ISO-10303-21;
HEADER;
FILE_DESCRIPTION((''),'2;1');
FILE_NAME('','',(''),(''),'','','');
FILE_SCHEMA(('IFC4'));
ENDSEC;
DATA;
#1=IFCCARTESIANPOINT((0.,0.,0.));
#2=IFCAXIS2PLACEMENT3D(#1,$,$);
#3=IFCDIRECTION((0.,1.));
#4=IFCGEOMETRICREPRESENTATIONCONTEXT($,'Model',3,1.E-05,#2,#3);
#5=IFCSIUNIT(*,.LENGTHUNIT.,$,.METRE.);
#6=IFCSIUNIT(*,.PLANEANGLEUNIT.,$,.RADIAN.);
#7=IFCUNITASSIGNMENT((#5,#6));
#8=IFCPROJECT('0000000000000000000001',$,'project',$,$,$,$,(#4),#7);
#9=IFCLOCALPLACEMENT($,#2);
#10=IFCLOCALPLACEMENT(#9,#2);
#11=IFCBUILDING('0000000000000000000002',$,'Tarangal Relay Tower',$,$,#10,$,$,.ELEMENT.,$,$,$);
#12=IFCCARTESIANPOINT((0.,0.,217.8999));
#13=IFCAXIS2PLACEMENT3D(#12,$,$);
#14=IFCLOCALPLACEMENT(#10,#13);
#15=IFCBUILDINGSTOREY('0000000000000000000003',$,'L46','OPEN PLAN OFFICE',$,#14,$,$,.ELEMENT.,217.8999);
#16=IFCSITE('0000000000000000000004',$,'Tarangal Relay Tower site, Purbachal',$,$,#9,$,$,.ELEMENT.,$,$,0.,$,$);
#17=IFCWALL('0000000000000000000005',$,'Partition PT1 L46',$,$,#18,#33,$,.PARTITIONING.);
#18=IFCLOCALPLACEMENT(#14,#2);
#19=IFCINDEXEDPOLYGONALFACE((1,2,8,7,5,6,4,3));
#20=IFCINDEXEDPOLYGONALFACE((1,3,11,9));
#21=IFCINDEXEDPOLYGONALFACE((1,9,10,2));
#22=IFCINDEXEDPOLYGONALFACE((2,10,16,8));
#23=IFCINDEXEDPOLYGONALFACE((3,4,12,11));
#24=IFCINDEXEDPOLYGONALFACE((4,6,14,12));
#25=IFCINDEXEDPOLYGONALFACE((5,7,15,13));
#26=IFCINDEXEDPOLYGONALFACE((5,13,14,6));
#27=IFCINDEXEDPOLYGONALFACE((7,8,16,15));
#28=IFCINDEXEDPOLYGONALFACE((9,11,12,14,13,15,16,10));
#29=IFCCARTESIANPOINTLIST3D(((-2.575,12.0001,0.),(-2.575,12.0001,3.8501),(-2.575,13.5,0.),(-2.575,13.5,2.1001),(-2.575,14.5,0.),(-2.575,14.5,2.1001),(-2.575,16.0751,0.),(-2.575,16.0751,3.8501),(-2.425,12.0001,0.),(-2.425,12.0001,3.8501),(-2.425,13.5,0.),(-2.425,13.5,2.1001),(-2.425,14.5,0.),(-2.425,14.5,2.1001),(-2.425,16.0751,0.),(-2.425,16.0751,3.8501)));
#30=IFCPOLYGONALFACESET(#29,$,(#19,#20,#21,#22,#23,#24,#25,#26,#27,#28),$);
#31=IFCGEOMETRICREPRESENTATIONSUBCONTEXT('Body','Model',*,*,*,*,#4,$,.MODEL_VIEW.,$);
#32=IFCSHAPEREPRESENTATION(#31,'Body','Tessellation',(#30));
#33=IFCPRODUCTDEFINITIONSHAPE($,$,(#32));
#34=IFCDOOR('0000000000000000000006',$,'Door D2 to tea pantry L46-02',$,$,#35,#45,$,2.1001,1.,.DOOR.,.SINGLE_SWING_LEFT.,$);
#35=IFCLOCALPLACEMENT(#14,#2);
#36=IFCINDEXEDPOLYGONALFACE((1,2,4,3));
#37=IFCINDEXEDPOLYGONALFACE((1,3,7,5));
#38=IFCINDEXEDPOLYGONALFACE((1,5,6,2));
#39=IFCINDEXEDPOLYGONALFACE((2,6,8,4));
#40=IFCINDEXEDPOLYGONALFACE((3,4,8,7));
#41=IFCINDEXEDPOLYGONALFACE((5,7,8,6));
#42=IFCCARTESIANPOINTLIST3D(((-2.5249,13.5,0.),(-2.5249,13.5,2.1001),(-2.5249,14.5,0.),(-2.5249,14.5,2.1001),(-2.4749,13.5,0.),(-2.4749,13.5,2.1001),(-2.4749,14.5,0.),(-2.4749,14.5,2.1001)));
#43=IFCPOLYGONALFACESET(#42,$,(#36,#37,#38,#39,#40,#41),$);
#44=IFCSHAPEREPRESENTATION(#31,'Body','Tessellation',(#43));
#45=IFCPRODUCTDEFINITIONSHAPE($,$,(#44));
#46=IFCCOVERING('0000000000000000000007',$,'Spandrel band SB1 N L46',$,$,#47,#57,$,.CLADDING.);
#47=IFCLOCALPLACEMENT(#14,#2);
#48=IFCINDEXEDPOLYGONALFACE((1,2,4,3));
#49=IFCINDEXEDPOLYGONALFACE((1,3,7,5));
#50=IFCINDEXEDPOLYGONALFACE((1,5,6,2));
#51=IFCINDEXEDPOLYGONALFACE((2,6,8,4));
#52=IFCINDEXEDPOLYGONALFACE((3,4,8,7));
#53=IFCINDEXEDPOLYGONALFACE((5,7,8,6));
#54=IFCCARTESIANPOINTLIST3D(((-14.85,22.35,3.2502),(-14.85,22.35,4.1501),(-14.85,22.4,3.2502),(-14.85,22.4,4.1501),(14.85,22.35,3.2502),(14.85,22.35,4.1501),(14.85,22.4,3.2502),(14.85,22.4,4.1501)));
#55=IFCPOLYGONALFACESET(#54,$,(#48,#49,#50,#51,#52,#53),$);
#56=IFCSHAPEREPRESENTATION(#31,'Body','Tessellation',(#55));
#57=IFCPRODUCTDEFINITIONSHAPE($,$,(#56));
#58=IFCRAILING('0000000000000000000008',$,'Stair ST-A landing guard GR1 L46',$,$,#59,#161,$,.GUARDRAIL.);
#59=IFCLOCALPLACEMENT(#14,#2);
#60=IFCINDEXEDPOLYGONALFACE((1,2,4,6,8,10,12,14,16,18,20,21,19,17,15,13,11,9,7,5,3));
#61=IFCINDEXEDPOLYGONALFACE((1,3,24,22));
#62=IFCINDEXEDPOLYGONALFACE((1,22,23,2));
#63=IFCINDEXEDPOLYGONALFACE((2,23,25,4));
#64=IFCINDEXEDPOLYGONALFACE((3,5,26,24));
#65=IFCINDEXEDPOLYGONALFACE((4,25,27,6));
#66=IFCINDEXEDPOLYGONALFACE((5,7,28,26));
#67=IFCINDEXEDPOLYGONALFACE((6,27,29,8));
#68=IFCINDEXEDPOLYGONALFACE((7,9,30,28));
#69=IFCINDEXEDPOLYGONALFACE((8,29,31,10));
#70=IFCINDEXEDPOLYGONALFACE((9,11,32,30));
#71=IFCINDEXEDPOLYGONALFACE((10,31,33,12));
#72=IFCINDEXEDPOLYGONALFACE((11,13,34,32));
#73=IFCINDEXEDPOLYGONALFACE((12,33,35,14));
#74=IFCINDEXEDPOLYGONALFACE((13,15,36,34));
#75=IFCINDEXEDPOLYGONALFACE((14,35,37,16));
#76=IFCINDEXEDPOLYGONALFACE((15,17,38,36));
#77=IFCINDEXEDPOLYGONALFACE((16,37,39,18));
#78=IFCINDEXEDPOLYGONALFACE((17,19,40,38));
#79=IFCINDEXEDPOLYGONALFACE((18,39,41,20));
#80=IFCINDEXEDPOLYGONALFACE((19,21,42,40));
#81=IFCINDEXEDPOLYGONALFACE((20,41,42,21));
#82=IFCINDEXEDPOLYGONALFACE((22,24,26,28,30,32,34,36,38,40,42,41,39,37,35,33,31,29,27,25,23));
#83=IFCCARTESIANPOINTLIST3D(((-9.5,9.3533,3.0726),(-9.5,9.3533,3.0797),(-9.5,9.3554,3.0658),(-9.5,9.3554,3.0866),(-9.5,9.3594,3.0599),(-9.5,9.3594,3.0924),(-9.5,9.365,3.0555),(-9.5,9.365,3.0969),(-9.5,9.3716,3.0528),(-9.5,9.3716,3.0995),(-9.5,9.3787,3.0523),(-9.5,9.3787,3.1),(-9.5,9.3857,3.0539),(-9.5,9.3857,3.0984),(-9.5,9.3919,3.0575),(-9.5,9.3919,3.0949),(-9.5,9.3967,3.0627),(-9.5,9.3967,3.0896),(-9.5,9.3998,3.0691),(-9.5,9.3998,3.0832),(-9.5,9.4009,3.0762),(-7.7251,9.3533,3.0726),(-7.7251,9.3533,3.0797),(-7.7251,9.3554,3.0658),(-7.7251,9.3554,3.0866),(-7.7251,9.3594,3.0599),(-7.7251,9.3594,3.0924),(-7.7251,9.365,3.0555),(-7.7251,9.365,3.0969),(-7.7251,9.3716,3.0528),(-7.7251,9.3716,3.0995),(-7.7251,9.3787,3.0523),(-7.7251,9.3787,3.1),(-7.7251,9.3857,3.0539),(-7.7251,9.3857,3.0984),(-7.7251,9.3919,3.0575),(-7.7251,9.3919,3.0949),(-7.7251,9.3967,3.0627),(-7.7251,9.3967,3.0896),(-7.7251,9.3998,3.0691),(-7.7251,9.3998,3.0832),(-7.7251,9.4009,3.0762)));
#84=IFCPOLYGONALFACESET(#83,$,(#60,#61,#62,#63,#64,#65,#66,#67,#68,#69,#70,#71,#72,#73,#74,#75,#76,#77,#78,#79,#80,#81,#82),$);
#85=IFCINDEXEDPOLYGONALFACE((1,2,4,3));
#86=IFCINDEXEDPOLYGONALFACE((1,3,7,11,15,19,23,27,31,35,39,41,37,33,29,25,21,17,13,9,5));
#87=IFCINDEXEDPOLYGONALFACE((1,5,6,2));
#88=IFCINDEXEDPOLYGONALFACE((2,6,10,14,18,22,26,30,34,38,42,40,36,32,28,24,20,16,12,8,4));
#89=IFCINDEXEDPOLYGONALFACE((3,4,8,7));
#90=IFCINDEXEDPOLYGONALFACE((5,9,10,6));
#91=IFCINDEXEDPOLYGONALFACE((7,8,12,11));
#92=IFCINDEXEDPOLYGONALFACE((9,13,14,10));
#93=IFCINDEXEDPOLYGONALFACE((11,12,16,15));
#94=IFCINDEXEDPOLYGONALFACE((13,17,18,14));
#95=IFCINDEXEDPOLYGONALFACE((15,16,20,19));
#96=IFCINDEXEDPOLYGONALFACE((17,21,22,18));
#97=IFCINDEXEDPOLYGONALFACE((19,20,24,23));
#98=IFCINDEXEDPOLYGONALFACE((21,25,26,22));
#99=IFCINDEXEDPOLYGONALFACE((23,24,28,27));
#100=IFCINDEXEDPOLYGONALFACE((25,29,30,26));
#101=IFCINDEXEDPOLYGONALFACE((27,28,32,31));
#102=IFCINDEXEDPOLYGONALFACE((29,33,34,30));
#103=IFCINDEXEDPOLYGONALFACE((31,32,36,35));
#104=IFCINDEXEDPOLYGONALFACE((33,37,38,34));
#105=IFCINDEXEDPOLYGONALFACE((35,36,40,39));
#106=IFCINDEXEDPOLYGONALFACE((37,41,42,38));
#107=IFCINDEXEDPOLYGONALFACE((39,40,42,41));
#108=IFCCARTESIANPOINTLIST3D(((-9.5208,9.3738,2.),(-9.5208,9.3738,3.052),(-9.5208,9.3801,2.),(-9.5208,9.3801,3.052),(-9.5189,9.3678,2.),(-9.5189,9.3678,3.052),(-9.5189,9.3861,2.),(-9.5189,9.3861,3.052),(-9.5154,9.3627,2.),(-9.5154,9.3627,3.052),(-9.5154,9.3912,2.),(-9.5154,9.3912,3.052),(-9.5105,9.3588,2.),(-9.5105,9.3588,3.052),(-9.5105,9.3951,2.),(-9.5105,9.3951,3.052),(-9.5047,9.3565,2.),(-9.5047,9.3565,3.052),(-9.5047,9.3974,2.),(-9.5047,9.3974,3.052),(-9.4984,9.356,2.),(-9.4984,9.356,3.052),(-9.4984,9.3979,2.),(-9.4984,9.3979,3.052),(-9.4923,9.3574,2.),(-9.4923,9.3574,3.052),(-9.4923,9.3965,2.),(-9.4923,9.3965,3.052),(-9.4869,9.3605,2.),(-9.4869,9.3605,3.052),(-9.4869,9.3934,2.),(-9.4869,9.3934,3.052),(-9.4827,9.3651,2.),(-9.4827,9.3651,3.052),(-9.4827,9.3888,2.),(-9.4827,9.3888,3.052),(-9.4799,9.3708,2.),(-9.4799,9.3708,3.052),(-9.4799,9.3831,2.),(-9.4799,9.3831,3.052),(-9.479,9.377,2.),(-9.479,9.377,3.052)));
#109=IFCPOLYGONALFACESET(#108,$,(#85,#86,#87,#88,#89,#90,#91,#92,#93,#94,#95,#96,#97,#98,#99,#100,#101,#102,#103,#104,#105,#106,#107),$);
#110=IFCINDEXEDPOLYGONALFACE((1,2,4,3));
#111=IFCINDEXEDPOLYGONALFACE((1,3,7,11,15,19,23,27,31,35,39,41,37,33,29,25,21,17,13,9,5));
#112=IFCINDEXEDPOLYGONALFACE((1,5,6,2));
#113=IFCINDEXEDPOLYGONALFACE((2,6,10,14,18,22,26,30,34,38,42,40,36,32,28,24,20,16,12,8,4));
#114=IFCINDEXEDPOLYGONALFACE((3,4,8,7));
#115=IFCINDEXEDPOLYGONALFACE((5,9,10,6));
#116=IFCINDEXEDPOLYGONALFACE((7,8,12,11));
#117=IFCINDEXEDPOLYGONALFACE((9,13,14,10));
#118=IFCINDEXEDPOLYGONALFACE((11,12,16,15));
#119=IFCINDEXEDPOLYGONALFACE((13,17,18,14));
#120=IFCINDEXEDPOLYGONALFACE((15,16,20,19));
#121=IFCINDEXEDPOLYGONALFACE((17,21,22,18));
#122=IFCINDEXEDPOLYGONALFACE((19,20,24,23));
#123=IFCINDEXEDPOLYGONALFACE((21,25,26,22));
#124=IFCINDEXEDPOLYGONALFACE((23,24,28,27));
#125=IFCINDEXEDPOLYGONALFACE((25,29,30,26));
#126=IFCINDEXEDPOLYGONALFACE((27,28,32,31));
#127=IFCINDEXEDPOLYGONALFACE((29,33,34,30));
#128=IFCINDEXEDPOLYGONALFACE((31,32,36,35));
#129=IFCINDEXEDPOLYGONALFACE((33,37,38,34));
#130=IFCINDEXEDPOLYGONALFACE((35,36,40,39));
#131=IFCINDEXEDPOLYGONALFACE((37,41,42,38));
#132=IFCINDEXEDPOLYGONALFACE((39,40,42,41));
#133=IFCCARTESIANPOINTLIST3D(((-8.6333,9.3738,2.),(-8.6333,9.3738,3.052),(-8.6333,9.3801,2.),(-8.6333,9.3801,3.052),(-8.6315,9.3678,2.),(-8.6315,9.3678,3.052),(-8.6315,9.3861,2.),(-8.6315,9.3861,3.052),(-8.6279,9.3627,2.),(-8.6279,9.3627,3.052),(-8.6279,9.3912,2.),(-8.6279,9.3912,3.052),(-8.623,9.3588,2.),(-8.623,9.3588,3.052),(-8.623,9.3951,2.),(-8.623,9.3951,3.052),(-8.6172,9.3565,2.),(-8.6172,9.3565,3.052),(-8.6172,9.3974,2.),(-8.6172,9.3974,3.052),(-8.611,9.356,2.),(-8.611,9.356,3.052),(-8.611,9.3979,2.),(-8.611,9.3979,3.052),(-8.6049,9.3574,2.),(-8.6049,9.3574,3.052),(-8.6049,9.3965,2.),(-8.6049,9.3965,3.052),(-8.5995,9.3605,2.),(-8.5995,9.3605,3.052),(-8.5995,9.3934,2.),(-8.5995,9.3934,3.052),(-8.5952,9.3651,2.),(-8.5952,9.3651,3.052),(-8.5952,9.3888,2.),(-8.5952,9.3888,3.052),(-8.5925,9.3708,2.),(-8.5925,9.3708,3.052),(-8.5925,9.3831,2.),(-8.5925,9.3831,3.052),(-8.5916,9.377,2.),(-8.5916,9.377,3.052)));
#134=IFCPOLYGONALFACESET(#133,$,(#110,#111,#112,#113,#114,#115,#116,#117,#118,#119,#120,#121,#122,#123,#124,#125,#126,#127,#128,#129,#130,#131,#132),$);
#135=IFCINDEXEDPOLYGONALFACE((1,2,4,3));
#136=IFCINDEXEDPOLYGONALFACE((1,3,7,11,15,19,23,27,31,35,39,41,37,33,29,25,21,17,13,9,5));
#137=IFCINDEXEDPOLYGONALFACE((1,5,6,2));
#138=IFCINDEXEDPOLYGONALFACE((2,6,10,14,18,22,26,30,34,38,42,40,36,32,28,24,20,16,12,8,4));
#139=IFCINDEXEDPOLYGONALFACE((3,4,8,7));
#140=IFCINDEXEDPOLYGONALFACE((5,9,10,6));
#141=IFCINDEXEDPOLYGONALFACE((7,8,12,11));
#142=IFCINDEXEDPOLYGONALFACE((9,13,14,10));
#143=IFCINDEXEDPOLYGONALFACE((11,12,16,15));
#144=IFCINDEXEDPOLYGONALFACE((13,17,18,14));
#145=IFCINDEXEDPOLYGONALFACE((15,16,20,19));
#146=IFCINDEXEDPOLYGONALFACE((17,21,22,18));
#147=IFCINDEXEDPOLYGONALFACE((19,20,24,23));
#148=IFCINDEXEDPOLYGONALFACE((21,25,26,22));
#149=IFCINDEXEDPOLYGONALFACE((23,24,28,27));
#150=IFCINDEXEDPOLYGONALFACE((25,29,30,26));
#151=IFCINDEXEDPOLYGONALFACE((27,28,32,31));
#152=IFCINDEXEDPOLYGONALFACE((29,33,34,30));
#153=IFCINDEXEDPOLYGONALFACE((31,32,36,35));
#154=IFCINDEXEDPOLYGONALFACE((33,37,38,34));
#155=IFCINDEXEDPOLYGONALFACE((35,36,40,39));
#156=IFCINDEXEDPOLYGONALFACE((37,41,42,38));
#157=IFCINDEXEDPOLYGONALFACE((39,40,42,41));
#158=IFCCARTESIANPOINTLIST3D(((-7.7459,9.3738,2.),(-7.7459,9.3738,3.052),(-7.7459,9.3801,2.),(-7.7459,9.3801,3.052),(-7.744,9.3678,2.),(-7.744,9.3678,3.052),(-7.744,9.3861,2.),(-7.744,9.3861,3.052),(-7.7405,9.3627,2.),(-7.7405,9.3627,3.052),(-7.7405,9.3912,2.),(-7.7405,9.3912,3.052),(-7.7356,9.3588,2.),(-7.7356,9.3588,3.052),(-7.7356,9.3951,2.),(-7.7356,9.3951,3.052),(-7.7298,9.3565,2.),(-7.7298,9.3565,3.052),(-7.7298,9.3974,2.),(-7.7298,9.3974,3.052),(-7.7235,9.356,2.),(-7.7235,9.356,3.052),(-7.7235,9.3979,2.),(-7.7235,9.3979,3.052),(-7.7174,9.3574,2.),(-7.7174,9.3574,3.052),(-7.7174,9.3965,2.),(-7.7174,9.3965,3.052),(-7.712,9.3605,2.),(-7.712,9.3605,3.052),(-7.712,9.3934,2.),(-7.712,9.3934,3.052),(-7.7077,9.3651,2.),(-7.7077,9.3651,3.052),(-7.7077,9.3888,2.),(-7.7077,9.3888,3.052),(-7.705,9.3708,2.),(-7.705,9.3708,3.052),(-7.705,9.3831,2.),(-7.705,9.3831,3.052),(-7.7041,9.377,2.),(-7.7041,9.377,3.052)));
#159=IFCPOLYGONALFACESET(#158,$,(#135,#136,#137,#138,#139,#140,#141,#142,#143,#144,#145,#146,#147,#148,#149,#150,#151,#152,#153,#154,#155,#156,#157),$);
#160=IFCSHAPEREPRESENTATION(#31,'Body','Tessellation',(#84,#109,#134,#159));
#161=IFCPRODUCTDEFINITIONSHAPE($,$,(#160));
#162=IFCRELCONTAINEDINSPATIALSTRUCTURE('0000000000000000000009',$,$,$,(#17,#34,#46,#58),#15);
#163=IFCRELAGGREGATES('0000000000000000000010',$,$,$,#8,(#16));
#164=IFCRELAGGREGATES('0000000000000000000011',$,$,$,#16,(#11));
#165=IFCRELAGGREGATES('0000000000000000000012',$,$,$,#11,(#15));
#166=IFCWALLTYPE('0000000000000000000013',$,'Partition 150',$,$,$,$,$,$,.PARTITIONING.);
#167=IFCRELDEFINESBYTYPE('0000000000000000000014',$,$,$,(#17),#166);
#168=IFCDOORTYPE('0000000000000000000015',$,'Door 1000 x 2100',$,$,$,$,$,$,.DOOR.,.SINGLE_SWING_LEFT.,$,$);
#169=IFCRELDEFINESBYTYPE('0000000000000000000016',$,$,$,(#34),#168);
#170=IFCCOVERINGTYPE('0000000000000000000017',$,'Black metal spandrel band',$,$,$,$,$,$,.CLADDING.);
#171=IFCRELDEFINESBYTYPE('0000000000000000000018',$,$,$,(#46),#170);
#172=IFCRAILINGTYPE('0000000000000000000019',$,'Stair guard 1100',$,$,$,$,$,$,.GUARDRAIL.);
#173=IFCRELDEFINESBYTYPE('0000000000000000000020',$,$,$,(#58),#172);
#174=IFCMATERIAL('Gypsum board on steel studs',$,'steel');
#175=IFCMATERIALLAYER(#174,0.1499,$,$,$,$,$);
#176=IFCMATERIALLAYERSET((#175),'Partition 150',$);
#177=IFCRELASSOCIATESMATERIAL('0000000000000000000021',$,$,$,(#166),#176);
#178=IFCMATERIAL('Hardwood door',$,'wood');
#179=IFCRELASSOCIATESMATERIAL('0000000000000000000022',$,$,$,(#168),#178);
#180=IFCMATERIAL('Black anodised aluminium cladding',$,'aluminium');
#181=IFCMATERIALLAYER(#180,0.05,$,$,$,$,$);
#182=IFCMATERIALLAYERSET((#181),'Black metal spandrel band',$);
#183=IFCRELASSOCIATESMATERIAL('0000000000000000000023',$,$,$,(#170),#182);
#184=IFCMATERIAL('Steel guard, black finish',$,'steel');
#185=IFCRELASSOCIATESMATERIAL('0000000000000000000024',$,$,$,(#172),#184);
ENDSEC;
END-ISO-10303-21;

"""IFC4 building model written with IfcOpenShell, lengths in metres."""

from ifc_helpers import new_model, si_unit, direction, frame, frame_2d, origin, origin_2d, place, context, subcontext, project, spatial, rectangle, circle, extrude, material, layer, layer_set, type_object, element, fill, save


model = new_model("IFC4")

# Units and contexts
model_context = context("Model", 3, precision=1e-05, world=origin(), true_north=direction((0.0, 1.0)))
body_context = subcontext(model_context, "Body", "Model", "MODEL_VIEW")
ifc_project = project(units=[si_unit("LENGTHUNIT", "METRE"), si_unit("PLANEANGLEUNIT", "RADIAN")], contexts=[model_context])

# Site, building, storey
site_placement = place(None, origin())
site = spatial("IfcSite", under=ifc_project, at=site_placement, Name="Tarangal Relay Tower site, Purbachal", CompositionType="ELEMENT", RefElevation=0.0)
building_placement = place(site_placement, origin())
building = spatial("IfcBuilding", under=site, at=building_placement, Name="Tarangal Relay Tower", CompositionType="ELEMENT")
storey_placement = place(building_placement, frame((0.0, 0.0, 217.8999)))
storey = spatial("IfcBuildingStorey", under=building, at=storey_placement, Name="L46", Description="OPEN PLAN OFFICE", CompositionType="ELEMENT", Elevation=217.8999)

# Shared definitions
ifc_material_1 = material(Name="Gypsum board on steel studs", Category="steel")
ifc_layer_1 = layer(ifc_material_1, 0.1499)
ifc_layer_set_1 = layer_set([ifc_layer_1], Name="Partition 150")
wall_type_1 = type_object("IfcWallType", Name="Partition 150", PredefinedType="PARTITIONING", material=ifc_layer_set_1)

# Wall, opening, door
wall_1_placement = place(storey_placement, frame((-2.5, 12.0, 0.0), z_axis=(0.0, 0.0, 1.0), x_axis=(0.0, 1.0, 0.0)))
wall_1 = element("IfcWall", 1, at=wall_1_placement, inside=storey, type_object=wall_type_1, Name="Partition PT1 L46", PredefinedType="PARTITIONING", context=body_context, shape_type="SweptSolid", body=[
    extrude(rectangle(XDim=4.075, YDim=0.1499, at=frame_2d((2.0376, 0.0))), origin(), (0.0, 0.0, 1.0), 3.8501),
])
opening_placement = place(wall_1_placement, frame((1.5, 0.0, 0.0)))
opening = element("IfcOpeningElement", 2, at=opening_placement, cuts=wall_1, PredefinedType="OPENING", context=body_context, shape_type="SweptSolid", body=[
    extrude(rectangle(XDim=1.0, YDim=2.1001, at=frame_2d((0.5, 1.05))), frame((0.0, 0.085, 0.0), z_axis=(0.0, -1.0, 0.0), x_axis=(1.0, 0.0, 0.0)), (0.0, 0.0, 1.0), 0.1699),
])
ifc_material_2 = material(Name="Hardwood door", Category="wood")
door_type = type_object("IfcDoorType", Name="Door 1000 x 2100", OperationType="SINGLE_SWING_LEFT", PredefinedType="DOOR", material=ifc_material_2)
door_placement = place(opening_placement, origin())
door = element("IfcDoor", 3, at=door_placement, inside=storey, type_object=door_type, Name="Door D2 to tea pantry L46-02", OperationType="SINGLE_SWING_LEFT", OverallHeight=2.1001, OverallWidth=1.0, PredefinedType="DOOR", context=body_context, shape_type="SweptSolid", body=[
    extrude(rectangle(XDim=1.0, YDim=2.1001, at=frame_2d((0.5, 1.05))), frame((0.0, 0.0249, 0.0), z_axis=(0.0, -1.0, 0.0), x_axis=(1.0, 0.0, 0.0)), (0.0, 0.0, 1.0), 0.05),
])
fill(opening, door)

# Covering
ifc_material_3 = material(Name="Black anodised aluminium cladding", Category="aluminium")
ifc_layer_2 = layer(ifc_material_3, 0.05)
ifc_layer_set_2 = layer_set([ifc_layer_2], Name="Black metal spandrel band")
covering_type = type_object("IfcCoveringType", Name="Black metal spandrel band", PredefinedType="CLADDING", material=ifc_layer_set_2)
covering_placement = place(storey_placement, frame((0.0, 22.375, 3.2502), z_axis=(0.0, 0.0, 1.0), x_axis=(1.0, 0.0, 0.0)))
element("IfcCovering", 4, at=covering_placement, inside=storey, type_object=covering_type, Name="Spandrel band SB1 N L46", PredefinedType="CLADDING", context=body_context, shape_type="SweptSolid", body=[
    extrude(rectangle(XDim=29.7, YDim=0.05, at=origin_2d()), origin(), (0.0, 0.0, 1.0), 0.8999),
])

# Railing
ifc_material_4 = material(Name="Steel guard, black finish", Category="steel")
railing_type = type_object("IfcRailingType", Name="Stair guard 1100", PredefinedType="GUARDRAIL", material=ifc_material_4)
railing_placement = place(storey_placement, frame((-9.5, 9.377, 2.0)))
element("IfcRailing", 5, at=railing_placement, inside=storey, type_object=railing_type, Name="Stair ST-A landing guard GR1 L46", PredefinedType="GUARDRAIL", context=body_context, shape_type="SweptSolid", body=[
    extrude(circle(Radius=0.0239, at=origin_2d()), frame((0.0, 0.0, 1.0762), z_axis=(1.0, 0.0, 0.0), x_axis=(0.0, 1.0, 0.0)), (0.0, 0.0, 1.0), 1.7749),
    extrude(circle(Radius=0.021, at=origin_2d()), origin(), (0.0, 0.0, 1.0), 1.052),
    extrude(circle(Radius=0.021, at=origin_2d()), frame((0.8875, 0.0, 0.0)), (0.0, 0.0, 1.0), 1.052),
    extrude(circle(Radius=0.021, at=origin_2d()), frame((1.7749, 0.0, 0.0)), (0.0, 0.0, 1.0), 1.052),
])

save(model, "model.ifc")
